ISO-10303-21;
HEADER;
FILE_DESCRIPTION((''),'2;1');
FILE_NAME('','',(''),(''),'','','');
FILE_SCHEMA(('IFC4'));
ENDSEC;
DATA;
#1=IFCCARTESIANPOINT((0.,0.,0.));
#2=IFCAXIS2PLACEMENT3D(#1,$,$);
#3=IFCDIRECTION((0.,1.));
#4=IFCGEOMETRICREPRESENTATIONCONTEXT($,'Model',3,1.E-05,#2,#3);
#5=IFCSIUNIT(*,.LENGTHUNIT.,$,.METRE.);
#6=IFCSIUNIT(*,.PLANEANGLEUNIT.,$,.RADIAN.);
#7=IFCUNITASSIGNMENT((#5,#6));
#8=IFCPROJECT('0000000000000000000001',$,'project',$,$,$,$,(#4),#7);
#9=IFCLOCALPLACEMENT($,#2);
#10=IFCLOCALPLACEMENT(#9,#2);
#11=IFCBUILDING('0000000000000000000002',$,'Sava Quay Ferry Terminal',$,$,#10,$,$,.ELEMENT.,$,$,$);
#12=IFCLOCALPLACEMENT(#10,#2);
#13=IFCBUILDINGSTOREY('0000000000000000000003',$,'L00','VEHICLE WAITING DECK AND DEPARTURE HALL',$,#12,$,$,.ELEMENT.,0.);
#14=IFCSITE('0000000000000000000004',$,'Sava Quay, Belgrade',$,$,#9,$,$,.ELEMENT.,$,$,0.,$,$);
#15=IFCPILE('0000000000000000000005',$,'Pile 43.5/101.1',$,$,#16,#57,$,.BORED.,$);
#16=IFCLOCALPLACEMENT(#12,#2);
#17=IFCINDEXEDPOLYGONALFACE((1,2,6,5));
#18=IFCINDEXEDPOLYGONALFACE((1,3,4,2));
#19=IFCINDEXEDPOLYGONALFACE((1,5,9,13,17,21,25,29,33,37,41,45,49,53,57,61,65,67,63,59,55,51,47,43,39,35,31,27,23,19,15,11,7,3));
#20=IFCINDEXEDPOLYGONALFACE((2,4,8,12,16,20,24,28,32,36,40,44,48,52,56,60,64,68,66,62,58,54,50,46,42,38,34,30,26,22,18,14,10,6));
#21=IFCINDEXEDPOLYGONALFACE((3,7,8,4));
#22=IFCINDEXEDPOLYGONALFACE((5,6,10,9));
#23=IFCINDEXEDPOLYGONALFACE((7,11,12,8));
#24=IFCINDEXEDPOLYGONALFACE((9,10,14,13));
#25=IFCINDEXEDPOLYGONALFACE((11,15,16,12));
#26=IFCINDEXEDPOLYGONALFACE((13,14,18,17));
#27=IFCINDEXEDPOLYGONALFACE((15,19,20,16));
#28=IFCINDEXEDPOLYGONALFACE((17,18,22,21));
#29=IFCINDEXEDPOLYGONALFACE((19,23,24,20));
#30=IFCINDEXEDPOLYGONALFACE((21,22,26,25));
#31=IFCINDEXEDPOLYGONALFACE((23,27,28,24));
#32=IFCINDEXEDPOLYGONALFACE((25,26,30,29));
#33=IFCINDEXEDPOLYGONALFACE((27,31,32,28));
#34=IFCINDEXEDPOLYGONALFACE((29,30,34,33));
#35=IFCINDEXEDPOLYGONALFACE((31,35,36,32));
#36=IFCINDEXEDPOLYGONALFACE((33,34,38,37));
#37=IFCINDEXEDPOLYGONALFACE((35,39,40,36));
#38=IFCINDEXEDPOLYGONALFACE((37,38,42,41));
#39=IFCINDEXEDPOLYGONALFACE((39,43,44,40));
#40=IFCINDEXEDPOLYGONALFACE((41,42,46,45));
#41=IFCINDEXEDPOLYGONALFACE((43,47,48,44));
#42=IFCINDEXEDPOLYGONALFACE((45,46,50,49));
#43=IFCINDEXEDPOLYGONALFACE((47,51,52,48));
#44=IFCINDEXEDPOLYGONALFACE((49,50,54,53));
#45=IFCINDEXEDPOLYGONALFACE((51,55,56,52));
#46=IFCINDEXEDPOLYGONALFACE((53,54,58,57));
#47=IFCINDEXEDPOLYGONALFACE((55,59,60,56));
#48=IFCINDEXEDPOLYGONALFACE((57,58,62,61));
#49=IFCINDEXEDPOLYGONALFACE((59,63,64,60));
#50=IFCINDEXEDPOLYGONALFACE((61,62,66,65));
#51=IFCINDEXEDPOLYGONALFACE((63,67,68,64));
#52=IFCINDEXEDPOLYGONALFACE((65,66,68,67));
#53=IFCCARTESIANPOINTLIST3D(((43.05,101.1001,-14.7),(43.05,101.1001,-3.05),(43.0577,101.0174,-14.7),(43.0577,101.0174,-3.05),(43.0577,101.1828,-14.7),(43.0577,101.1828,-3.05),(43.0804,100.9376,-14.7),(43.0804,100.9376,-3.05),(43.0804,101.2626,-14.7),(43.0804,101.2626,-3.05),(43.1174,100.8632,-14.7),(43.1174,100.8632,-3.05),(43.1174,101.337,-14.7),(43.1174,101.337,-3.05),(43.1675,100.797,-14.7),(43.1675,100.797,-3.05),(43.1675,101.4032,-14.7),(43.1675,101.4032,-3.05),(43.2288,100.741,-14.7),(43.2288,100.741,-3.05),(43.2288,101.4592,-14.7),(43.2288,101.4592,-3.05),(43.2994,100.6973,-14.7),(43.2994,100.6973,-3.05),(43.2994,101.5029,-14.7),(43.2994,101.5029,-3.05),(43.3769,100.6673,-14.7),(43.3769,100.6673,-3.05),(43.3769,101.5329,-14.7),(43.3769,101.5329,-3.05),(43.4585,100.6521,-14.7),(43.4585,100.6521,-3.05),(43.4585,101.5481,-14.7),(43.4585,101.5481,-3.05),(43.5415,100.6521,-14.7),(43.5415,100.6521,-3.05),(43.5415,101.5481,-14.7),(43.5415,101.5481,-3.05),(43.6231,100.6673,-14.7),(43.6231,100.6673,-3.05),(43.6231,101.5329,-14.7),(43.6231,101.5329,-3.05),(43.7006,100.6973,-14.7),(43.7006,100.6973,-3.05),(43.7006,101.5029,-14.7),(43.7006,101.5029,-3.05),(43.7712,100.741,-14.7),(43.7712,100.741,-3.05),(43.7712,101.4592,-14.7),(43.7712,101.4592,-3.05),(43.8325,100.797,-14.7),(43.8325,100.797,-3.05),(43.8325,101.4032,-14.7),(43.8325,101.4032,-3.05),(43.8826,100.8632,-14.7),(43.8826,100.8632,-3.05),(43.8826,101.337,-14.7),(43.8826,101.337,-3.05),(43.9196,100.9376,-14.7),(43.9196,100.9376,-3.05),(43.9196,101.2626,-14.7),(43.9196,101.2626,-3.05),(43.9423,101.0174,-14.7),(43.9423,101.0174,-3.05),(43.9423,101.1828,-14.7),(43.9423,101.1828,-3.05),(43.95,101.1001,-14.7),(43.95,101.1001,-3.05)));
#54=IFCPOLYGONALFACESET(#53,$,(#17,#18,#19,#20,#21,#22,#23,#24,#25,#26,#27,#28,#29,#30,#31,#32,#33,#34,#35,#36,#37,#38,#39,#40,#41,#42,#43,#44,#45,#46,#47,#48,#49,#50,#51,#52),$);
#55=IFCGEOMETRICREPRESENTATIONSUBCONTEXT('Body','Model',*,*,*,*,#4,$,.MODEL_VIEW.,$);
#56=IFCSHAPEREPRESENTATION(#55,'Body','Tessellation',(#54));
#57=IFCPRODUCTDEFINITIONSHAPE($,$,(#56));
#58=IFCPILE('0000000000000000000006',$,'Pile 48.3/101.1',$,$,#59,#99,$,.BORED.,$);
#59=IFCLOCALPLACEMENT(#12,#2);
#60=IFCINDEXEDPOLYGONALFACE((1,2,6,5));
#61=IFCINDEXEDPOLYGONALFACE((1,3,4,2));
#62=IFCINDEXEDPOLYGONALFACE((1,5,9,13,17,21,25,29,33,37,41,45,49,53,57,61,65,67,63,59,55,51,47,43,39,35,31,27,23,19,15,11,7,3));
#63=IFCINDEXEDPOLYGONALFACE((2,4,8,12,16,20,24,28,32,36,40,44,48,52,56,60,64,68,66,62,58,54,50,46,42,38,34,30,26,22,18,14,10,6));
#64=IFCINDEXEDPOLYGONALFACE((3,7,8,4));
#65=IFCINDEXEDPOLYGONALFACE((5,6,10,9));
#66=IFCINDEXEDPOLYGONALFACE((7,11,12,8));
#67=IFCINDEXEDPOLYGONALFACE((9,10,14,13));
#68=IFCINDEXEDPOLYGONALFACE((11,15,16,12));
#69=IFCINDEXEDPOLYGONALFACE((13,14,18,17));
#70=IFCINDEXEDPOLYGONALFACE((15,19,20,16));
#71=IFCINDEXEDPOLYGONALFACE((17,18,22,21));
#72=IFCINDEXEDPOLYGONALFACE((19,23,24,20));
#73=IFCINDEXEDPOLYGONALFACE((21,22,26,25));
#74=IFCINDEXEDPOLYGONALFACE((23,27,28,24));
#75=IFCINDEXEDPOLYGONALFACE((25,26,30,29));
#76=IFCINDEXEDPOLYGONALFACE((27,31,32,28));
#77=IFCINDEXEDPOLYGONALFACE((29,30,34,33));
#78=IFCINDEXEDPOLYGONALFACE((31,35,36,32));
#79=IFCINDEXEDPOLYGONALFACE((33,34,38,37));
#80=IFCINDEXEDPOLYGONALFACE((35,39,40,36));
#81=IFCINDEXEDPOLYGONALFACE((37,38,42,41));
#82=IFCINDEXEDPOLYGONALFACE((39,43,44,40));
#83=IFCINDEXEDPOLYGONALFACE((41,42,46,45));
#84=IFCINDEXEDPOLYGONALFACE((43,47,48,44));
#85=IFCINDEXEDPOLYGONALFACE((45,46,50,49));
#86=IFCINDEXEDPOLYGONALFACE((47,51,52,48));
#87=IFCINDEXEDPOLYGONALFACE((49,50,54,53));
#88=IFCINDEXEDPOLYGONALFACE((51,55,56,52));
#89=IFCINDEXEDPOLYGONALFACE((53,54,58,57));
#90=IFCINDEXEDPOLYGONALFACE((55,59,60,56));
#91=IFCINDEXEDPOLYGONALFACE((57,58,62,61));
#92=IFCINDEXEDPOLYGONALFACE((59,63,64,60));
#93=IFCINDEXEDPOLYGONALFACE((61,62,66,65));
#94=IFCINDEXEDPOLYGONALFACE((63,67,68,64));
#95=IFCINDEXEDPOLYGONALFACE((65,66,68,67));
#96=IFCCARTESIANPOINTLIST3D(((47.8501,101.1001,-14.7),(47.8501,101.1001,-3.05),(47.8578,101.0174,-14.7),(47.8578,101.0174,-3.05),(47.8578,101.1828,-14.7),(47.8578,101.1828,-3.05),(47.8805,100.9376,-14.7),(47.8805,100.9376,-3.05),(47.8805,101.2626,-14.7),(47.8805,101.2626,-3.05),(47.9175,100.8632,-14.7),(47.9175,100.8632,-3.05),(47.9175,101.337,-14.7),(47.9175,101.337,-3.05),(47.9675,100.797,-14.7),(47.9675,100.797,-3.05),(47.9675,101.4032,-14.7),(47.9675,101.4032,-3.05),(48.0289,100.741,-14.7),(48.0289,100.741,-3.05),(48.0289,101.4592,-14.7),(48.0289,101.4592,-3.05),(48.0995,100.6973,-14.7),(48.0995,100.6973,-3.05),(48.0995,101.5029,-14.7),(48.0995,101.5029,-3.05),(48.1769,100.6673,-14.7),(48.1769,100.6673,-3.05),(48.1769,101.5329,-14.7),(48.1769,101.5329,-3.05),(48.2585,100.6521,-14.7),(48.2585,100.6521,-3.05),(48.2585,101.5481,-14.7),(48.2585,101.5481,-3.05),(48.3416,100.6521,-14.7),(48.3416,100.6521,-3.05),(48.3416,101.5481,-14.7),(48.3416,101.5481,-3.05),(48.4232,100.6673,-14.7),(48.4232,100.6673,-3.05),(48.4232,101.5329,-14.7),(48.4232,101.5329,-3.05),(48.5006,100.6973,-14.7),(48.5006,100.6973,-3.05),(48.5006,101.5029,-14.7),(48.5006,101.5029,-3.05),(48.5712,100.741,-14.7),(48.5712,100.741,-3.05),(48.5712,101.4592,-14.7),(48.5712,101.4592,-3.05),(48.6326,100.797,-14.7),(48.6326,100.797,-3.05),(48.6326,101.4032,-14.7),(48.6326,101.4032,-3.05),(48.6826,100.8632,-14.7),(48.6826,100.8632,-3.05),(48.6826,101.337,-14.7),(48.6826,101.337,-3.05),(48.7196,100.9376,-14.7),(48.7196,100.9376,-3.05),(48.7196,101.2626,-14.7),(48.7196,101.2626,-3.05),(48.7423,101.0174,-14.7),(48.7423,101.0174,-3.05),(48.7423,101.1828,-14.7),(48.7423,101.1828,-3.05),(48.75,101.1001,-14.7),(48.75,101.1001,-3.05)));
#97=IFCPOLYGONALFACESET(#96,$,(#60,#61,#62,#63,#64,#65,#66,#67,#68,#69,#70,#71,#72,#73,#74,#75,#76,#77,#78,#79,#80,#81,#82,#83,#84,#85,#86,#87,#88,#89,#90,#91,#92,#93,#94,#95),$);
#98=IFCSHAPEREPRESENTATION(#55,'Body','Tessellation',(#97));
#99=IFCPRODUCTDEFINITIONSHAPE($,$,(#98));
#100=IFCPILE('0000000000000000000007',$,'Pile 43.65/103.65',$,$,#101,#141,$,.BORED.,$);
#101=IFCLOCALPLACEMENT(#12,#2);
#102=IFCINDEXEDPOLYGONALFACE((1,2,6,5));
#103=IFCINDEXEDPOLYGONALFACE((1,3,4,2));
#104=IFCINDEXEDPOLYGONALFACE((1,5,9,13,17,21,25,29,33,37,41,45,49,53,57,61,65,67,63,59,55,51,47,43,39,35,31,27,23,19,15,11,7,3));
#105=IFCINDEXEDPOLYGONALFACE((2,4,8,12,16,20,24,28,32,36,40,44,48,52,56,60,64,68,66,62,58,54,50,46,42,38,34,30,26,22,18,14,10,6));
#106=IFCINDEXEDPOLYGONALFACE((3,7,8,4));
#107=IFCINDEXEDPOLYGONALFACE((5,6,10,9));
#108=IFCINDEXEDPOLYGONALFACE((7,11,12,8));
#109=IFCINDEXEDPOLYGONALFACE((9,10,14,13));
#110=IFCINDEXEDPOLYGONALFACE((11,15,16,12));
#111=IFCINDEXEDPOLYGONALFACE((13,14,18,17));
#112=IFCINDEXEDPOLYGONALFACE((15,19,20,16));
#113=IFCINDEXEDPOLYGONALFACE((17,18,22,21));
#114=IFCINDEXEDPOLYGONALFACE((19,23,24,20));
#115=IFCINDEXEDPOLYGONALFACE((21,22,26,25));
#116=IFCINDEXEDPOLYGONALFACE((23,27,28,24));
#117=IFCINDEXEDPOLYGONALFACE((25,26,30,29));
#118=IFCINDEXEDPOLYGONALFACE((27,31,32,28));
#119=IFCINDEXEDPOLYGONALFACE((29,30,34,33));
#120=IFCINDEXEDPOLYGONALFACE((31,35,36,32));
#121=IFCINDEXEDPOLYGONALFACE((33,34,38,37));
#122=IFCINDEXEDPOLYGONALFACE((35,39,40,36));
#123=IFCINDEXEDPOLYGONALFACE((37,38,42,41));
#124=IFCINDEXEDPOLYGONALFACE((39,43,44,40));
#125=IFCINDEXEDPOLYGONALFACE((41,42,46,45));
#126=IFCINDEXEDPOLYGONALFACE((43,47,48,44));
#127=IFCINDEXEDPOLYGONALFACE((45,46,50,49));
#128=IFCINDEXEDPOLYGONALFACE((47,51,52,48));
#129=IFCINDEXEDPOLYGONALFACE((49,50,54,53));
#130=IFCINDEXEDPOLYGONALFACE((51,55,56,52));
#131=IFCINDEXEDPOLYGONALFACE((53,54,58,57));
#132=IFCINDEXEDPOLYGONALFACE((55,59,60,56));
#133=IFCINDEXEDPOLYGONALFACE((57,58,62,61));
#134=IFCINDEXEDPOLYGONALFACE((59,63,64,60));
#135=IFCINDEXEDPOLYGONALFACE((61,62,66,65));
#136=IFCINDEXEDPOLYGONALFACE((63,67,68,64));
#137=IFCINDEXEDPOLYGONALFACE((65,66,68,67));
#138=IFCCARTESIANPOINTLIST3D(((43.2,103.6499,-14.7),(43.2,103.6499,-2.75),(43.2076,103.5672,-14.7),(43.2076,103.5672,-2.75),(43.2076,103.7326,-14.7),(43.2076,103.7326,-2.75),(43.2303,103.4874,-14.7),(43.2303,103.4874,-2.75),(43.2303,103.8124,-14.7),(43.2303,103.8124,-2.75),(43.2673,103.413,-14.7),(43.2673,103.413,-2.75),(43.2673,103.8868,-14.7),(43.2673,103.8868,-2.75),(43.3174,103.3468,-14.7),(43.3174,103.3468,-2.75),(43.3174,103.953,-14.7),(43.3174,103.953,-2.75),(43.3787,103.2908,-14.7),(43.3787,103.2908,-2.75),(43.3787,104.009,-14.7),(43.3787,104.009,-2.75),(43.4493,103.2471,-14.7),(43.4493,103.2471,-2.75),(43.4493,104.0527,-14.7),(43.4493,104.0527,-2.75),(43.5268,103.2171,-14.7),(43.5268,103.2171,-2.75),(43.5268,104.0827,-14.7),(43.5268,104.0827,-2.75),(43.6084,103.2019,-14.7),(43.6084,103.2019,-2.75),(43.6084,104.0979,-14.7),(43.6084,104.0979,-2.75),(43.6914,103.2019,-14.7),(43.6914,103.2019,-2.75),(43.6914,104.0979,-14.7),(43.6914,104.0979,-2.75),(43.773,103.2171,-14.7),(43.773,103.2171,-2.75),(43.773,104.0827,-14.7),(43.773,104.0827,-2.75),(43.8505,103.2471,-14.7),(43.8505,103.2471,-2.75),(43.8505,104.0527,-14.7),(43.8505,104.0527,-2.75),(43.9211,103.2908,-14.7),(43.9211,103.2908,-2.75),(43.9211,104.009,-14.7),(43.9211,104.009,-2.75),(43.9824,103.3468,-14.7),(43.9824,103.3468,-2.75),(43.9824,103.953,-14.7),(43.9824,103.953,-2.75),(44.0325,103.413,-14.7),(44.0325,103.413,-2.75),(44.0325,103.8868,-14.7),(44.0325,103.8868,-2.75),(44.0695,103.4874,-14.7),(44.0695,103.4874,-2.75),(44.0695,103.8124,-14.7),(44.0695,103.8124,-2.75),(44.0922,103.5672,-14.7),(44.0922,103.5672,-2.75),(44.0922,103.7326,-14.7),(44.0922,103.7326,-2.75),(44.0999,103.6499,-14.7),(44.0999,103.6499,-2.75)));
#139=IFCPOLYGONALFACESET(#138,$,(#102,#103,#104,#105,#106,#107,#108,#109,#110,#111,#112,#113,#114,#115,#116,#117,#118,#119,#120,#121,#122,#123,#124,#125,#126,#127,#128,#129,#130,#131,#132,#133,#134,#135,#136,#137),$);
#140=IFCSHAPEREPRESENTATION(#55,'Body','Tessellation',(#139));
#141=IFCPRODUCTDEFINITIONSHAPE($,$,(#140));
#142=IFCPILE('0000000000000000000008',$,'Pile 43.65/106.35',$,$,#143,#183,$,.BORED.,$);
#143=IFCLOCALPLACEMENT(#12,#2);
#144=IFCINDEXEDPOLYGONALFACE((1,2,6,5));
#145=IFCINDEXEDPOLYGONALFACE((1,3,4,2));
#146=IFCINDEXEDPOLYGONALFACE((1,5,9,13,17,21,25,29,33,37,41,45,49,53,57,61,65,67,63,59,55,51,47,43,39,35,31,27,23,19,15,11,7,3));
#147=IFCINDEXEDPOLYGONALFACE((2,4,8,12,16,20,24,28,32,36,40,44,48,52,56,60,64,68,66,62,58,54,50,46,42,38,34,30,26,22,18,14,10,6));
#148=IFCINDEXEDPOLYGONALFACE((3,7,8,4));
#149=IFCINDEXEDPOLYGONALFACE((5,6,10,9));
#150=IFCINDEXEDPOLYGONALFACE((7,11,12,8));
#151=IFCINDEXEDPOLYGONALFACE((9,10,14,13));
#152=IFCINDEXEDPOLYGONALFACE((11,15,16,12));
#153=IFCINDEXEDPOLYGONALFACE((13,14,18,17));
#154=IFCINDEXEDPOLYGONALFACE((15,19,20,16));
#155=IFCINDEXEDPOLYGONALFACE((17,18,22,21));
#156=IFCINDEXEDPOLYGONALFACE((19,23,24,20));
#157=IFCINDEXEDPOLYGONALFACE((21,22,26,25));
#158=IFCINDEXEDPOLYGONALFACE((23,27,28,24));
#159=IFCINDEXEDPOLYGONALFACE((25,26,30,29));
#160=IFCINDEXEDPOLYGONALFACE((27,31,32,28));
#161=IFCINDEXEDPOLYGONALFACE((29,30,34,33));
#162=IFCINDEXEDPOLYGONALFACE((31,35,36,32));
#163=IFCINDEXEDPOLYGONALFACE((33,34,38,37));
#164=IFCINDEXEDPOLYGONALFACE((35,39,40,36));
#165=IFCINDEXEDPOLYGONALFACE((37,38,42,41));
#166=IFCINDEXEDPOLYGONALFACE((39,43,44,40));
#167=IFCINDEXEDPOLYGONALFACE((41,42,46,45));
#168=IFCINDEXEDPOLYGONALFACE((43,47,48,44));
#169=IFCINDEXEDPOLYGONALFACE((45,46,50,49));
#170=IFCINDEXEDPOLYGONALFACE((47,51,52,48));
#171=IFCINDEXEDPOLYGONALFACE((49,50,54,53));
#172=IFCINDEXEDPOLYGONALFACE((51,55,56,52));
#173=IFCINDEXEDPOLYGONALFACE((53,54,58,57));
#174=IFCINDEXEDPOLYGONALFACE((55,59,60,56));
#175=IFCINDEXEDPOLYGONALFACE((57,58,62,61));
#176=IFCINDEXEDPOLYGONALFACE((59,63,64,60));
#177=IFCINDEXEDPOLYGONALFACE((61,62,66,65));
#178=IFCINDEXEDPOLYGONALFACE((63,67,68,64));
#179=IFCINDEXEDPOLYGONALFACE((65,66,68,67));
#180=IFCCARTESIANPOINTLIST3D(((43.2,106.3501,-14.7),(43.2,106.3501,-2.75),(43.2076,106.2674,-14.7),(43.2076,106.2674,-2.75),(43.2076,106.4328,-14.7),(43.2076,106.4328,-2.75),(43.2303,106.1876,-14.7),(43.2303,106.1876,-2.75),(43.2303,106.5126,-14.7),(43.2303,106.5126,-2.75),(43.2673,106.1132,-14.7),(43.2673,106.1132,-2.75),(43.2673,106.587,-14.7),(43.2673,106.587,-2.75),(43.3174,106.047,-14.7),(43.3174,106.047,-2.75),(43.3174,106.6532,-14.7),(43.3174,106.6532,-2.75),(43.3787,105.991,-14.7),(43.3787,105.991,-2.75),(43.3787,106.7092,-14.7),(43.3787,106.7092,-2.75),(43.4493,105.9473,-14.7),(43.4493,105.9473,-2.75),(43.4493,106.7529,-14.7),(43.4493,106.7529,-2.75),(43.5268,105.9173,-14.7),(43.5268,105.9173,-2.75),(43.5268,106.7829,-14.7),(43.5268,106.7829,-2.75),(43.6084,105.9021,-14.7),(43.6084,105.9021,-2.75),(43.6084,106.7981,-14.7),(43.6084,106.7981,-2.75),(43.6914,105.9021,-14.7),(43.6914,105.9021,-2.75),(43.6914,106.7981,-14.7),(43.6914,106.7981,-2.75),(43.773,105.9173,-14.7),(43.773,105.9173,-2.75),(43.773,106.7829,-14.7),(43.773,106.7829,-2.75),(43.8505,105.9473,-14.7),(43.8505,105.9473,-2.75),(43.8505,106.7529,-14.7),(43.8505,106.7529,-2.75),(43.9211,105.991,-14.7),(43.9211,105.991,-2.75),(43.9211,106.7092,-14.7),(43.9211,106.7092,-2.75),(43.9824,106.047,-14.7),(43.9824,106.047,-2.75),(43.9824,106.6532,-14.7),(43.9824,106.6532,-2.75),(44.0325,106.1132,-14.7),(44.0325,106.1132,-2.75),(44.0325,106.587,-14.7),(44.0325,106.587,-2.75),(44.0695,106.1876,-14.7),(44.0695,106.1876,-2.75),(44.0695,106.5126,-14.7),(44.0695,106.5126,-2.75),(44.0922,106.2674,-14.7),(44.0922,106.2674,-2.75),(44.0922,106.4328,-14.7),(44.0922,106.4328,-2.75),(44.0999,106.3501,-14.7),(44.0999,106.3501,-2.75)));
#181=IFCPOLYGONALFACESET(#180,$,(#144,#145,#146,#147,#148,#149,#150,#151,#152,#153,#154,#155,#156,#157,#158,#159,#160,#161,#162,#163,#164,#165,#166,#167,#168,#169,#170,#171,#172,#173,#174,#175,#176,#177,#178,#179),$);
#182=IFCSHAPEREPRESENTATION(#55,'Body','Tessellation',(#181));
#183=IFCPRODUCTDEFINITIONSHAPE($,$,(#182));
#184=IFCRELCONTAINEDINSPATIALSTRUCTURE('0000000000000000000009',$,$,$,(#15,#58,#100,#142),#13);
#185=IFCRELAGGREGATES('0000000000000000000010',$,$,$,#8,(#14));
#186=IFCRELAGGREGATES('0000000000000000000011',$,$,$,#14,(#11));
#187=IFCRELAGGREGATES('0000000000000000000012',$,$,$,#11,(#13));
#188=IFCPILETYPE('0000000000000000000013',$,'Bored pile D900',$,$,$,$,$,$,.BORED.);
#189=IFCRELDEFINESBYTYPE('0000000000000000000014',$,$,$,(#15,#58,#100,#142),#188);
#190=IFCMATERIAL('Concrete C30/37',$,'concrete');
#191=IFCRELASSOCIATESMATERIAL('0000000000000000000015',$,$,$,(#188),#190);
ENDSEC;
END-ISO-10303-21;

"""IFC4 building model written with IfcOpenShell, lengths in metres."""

from ifc_helpers import new_model, si_unit, direction, frame, origin, origin_2d, place, context, subcontext, project, spatial, circle, extrude, material, material_profile, profile_set, type_object, element, save


model = new_model("IFC4")

# Units and contexts
model_context = context("Model", 3, precision=1e-05, world=origin(), true_north=direction((0.0, 1.0)))
body_context = subcontext(model_context, "Body", "Model", "MODEL_VIEW")
ifc_project = project(units=[si_unit("LENGTHUNIT", "METRE"), si_unit("PLANEANGLEUNIT", "RADIAN")], contexts=[model_context])

# Site, building, storey
site_placement = place(None, origin())
site = spatial("IfcSite", under=ifc_project, at=site_placement, Name="Sava Quay, Belgrade", CompositionType="ELEMENT", RefElevation=0.0)
building_placement = place(site_placement, origin())
building = spatial("IfcBuilding", under=site, at=building_placement, Name="Sava Quay Ferry Terminal", CompositionType="ELEMENT")
storey_placement = place(building_placement, origin())
storey = spatial("IfcBuildingStorey", under=building, at=storey_placement, Name="L00", Description="VEHICLE WAITING DECK AND DEPARTURE HALL", CompositionType="ELEMENT", Elevation=0.0)

# Piles
ifc_material_1 = material(Name="Concrete C30/37", Category="concrete")
ifc_material_profile_1 = material_profile(ifc_material_1, circle(Radius=0.45, at=origin_2d()), Name="Bored pile D900")
ifc_profile_set_1 = profile_set([ifc_material_profile_1], Name="Concrete C30/37")
pile_type = type_object("IfcPileType", Name="Bored pile D900", PredefinedType="BORED", material=ifc_profile_set_1)
for number, where, z_axis, x_axis, name in (
    (1, (43.5, 101.1001, -3.05), (0.0, 0.0, -1.0), (1.0, 0.0, 0.0), "Pile 43.5/101.1"),
    (2, (48.3, 101.1001, -3.05), (0.0, 0.0, -1.0), (1.0, 0.0, 0.0), "Pile 48.3/101.1"),
):
    element("IfcPile", number, at=place(storey_placement, frame(where, z_axis=z_axis, x_axis=x_axis)), inside=storey, type_object=pile_type, Name=name, PredefinedType="BORED", context=body_context, shape_type="SweptSolid", body=[
        extrude(circle(Radius=0.45, at=origin_2d()), origin(), (0.0, 0.0, 1.0), 11.6499),
    ])
for number, where, z_axis, x_axis, name in (
    (3, (43.6499, 103.6499, -2.75), (0.0, 0.0, -1.0), (1.0, 0.0, 0.0), "Pile 43.65/103.65"),
    (4, (43.6499, 106.3501, -2.75), (0.0, 0.0, -1.0), (1.0, 0.0, 0.0), "Pile 43.65/106.35"),
):
    element("IfcPile", number, at=place(storey_placement, frame(where, z_axis=z_axis, x_axis=x_axis)), inside=storey, type_object=pile_type, Name=name, PredefinedType="BORED", context=body_context, shape_type="SweptSolid", body=[
        extrude(circle(Radius=0.45, at=origin_2d()), origin(), (0.0, 0.0, 1.0), 11.95),
    ])

save(model, "model.ifc")
